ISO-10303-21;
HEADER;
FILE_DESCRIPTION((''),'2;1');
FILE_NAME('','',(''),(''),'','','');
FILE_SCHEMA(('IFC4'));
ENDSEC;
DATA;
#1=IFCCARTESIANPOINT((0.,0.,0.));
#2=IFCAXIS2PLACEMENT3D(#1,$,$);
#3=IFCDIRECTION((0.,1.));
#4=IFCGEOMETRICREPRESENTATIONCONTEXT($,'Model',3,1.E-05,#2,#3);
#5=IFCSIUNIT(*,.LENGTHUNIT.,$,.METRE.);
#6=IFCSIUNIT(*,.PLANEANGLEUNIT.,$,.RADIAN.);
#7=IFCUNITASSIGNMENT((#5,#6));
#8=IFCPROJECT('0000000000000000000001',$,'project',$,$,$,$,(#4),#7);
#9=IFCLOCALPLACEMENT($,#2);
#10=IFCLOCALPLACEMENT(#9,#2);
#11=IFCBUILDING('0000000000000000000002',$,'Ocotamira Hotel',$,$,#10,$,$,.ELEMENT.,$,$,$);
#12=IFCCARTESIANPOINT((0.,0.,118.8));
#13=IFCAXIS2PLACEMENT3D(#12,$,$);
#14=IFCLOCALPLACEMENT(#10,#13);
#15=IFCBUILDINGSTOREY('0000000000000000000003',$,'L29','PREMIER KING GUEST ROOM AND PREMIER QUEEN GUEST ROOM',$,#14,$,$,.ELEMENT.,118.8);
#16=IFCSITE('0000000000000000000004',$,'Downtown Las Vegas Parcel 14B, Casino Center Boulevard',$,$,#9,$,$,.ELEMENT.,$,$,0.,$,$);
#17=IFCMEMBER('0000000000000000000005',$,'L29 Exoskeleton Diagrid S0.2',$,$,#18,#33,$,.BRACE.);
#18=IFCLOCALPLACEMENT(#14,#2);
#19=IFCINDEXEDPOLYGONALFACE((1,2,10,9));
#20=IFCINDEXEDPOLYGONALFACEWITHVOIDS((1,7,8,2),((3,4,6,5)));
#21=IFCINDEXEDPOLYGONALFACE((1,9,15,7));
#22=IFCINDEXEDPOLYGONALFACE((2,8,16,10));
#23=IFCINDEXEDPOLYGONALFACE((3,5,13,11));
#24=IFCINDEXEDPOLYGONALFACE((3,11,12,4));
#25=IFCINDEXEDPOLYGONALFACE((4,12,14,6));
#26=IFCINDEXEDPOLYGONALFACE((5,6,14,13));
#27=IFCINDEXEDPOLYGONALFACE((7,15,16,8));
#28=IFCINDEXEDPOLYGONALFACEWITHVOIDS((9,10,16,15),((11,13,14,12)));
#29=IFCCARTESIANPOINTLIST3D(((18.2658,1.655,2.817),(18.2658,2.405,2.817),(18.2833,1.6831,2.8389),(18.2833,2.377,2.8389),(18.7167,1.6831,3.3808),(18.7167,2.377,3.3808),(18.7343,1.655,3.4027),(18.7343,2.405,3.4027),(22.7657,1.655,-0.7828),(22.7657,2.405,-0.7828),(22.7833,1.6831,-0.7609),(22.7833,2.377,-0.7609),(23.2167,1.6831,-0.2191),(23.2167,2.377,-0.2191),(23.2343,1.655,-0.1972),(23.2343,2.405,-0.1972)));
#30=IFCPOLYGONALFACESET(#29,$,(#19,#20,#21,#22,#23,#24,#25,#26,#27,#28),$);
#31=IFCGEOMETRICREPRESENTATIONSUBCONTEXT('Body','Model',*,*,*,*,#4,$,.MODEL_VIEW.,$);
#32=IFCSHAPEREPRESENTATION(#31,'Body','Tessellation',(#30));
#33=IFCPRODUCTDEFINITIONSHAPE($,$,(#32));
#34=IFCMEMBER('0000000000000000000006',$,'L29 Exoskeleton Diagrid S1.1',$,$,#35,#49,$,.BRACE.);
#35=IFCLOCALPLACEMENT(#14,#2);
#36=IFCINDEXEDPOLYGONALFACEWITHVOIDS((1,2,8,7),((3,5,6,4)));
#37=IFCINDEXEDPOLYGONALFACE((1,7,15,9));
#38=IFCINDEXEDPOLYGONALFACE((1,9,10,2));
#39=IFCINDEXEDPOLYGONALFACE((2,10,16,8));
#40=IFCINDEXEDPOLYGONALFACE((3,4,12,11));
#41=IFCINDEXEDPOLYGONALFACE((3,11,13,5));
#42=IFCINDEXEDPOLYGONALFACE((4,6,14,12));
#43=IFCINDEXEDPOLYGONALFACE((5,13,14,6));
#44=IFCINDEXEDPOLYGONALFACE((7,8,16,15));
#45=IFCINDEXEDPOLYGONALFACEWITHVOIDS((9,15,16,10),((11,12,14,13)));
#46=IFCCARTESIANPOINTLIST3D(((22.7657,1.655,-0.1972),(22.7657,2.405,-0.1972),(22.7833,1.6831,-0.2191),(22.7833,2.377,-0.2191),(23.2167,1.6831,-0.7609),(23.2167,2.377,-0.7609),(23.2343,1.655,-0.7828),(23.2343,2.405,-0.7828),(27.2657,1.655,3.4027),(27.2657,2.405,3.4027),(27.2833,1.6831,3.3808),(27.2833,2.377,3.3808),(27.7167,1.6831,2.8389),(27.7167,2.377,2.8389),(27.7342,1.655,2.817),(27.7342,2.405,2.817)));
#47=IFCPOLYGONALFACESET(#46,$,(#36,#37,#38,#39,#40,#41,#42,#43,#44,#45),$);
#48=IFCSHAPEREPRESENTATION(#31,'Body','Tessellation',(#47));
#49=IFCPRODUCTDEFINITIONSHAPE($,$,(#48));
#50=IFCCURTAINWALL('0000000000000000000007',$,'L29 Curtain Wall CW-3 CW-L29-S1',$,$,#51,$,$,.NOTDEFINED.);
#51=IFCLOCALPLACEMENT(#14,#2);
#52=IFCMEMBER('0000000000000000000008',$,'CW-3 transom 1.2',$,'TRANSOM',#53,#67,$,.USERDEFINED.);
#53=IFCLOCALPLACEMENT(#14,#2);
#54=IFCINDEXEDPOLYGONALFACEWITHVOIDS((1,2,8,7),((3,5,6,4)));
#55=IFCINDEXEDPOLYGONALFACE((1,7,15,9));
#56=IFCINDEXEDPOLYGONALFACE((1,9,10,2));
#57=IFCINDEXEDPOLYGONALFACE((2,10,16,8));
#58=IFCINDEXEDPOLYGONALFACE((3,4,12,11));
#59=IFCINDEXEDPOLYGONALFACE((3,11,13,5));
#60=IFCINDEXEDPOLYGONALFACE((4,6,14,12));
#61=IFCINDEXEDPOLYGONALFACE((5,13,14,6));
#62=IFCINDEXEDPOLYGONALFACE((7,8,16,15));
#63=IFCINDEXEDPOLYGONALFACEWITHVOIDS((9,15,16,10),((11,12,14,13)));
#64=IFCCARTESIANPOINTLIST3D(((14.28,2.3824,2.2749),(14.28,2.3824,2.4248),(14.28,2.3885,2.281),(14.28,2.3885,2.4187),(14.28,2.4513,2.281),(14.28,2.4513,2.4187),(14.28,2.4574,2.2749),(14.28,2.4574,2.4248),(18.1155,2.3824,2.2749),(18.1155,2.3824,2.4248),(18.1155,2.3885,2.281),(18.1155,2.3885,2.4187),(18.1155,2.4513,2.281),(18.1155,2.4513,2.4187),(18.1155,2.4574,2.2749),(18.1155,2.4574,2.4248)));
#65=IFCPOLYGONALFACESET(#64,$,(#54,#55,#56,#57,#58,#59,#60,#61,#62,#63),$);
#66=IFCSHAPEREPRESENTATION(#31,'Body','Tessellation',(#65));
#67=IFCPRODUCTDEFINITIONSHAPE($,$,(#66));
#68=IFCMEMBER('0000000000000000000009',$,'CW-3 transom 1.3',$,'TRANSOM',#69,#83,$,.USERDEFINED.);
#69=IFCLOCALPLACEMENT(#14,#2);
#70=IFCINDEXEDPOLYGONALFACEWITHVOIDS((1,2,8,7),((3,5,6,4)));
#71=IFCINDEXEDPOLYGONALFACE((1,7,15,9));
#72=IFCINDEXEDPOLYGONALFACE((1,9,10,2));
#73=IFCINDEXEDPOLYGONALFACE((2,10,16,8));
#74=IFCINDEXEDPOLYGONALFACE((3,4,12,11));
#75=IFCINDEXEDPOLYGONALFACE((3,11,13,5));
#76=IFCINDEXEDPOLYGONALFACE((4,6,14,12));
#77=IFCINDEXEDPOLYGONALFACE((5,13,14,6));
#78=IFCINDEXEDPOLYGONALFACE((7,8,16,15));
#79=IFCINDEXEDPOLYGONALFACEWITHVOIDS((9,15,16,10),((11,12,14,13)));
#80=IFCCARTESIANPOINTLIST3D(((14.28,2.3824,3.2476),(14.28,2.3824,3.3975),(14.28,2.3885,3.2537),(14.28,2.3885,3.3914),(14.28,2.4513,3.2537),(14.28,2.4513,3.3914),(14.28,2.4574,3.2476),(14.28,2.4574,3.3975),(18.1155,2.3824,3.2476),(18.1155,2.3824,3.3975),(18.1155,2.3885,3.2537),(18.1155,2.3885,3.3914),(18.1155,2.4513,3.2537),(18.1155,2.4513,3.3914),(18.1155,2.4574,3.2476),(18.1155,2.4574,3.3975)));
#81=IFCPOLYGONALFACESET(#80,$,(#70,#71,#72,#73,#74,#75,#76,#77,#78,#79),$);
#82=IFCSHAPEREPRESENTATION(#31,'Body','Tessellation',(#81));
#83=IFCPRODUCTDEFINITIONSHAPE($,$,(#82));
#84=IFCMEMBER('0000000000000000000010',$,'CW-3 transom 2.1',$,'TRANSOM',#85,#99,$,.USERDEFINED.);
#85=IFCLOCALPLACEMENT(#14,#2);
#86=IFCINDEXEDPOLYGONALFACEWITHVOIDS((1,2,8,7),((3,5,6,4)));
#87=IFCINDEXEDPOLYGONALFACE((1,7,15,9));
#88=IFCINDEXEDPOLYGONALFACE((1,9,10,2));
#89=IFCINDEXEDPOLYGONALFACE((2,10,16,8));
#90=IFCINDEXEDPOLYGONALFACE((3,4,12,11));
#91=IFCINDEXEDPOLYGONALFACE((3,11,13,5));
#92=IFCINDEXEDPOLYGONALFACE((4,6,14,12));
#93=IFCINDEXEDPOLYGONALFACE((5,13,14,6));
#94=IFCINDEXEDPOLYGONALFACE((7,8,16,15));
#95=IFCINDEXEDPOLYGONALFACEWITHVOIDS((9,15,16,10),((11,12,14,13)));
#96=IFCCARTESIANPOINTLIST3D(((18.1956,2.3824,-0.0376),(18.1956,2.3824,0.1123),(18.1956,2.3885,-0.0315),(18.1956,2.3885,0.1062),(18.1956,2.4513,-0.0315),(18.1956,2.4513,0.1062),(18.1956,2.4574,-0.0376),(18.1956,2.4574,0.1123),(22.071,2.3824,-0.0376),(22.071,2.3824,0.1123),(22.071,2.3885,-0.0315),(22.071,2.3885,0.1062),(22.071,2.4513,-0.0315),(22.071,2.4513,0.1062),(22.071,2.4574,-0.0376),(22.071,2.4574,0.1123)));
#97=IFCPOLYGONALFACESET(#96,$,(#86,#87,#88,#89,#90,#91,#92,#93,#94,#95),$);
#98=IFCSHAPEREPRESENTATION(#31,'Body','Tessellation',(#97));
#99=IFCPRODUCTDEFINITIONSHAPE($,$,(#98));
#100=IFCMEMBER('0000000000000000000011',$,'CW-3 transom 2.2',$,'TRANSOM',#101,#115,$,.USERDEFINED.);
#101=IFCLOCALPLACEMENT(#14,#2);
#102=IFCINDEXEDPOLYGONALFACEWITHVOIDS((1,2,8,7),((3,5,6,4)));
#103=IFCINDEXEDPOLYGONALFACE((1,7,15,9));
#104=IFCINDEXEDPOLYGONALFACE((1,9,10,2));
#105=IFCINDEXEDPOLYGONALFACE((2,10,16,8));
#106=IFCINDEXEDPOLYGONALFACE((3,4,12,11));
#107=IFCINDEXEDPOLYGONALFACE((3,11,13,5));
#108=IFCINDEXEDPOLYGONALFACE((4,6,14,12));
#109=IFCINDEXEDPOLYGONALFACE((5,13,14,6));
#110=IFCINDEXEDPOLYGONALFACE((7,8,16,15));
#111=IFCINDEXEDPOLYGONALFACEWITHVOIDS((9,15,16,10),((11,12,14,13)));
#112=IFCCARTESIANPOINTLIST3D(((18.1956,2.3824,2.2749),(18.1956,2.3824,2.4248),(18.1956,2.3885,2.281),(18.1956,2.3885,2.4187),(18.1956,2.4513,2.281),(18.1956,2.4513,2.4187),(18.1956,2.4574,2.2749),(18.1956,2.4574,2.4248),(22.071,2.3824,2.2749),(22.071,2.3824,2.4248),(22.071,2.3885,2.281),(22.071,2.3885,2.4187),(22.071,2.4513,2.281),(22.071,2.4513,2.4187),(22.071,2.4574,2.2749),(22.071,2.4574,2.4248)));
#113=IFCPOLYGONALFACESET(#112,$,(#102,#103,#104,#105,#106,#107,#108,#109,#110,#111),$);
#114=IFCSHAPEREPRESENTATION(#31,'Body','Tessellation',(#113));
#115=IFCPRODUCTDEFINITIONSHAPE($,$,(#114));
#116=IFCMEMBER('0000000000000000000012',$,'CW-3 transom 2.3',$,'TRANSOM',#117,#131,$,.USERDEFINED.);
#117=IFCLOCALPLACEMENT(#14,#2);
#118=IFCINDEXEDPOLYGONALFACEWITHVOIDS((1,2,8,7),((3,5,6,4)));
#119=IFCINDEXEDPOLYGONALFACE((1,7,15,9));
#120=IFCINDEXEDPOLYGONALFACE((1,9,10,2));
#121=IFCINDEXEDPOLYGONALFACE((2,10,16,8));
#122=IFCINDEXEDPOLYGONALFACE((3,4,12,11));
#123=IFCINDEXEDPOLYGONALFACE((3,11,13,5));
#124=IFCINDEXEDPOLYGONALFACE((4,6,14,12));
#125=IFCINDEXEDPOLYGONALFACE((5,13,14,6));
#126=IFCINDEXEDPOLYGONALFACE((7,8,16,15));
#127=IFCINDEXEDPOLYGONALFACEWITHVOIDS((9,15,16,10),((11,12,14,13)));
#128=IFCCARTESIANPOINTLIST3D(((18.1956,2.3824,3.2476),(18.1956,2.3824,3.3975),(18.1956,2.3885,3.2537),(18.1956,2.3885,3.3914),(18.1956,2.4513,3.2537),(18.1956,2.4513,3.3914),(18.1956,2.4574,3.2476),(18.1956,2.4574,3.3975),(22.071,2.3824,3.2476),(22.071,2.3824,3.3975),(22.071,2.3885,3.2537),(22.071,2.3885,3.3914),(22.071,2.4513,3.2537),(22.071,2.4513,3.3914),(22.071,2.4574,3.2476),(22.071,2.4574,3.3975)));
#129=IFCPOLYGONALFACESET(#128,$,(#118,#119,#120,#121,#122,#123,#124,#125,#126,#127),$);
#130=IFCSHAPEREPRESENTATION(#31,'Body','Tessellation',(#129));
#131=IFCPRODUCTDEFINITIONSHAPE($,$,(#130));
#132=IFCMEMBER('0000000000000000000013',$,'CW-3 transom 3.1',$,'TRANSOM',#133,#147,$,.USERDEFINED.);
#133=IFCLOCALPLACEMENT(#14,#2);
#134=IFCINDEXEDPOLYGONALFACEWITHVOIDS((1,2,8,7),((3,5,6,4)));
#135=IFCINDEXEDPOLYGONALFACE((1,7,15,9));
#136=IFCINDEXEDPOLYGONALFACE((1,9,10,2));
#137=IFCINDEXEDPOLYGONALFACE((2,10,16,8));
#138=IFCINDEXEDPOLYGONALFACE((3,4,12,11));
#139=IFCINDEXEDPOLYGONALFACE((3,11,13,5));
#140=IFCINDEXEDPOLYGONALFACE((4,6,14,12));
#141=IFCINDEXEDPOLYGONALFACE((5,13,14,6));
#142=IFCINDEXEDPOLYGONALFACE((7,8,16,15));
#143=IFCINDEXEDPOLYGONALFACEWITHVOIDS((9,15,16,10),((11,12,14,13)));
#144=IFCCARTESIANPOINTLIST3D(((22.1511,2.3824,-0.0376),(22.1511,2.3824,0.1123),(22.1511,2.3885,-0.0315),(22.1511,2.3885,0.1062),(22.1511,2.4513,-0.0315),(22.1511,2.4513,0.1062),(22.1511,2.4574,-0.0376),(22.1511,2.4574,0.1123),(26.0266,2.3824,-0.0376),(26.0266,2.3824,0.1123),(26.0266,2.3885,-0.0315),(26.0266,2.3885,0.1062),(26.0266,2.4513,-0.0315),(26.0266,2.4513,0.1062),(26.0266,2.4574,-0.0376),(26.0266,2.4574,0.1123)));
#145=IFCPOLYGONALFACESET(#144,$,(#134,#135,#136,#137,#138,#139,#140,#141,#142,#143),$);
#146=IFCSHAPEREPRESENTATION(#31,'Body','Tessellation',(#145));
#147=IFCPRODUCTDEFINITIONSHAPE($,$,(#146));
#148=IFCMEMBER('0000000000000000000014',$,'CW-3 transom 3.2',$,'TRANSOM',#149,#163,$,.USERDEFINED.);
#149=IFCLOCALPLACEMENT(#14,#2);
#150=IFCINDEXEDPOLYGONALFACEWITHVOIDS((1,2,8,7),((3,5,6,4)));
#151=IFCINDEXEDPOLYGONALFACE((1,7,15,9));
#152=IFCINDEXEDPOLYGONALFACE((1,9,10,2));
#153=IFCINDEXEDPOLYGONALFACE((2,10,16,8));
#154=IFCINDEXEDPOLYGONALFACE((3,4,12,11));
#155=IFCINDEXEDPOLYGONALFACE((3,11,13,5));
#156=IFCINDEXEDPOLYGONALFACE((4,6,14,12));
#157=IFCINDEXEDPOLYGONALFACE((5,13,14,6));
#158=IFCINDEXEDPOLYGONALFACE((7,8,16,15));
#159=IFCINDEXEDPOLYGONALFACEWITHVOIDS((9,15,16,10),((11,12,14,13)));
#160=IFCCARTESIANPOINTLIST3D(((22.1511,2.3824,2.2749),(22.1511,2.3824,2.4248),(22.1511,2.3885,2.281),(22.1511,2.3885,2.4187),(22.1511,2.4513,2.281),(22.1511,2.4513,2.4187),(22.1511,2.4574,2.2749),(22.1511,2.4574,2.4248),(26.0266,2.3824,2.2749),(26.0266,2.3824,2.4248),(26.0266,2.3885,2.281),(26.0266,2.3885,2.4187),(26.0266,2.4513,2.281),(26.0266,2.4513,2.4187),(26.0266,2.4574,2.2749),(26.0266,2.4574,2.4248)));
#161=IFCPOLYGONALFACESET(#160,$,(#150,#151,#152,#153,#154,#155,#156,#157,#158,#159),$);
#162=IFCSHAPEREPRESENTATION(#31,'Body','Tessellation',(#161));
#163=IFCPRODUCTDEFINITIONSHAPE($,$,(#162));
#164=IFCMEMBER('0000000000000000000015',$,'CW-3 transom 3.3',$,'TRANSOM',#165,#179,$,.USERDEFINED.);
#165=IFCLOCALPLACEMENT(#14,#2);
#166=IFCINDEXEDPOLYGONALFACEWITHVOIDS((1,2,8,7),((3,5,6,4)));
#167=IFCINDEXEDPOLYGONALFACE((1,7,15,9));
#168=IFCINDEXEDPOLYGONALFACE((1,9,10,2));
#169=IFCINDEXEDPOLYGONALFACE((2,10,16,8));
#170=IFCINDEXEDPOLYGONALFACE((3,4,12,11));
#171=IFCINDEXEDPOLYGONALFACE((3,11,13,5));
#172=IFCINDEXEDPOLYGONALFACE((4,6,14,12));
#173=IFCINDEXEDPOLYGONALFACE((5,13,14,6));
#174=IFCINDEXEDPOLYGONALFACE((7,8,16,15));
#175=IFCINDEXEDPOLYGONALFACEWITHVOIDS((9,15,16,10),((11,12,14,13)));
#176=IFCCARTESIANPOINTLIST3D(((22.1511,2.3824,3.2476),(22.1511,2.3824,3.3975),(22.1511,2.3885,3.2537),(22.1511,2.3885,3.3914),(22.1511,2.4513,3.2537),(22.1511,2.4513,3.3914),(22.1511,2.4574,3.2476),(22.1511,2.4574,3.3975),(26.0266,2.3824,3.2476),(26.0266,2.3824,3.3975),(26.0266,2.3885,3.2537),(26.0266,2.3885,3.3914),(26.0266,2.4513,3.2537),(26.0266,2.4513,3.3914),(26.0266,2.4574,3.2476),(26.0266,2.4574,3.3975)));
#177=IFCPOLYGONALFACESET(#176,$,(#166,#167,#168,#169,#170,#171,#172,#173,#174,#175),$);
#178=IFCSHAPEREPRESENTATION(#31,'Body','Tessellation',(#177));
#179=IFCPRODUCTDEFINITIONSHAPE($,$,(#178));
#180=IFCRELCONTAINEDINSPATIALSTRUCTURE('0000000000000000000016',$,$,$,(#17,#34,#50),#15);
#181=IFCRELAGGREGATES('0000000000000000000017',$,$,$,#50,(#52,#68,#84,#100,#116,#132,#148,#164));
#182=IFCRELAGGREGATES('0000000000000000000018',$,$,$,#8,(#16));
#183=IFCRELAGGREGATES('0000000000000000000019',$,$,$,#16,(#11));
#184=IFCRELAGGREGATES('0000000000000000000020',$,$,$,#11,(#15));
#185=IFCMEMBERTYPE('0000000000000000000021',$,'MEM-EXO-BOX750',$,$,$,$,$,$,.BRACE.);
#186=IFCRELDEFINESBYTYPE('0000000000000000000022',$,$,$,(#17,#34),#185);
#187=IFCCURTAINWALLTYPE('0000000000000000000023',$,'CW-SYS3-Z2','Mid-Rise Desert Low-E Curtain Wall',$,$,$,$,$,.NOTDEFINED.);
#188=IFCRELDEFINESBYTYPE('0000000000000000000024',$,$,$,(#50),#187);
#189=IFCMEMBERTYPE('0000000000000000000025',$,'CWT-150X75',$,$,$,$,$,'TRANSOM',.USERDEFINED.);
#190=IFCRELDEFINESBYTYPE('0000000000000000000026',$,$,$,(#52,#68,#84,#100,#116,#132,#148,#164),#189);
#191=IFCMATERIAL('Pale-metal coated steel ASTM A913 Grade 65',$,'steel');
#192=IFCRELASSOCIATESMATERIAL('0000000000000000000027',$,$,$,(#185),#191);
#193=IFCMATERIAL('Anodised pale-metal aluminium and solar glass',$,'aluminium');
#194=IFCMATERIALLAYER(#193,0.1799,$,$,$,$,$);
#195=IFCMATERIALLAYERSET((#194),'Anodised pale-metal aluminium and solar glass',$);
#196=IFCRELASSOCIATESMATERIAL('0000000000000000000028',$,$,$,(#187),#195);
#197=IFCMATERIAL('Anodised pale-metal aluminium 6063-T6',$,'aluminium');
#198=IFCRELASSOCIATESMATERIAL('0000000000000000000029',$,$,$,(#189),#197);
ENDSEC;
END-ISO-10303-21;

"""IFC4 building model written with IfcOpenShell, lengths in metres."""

from ifc_helpers import new_model, si_unit, direction, frame, origin, origin_2d, place, context, subcontext, project, spatial, hollow_rectangle, extrude, source, transform, mapped, material, layer, layer_set, material_profile, profile_set, type_object, element, aggregate, save


model = new_model("IFC4")

# Units and contexts
model_context = context("Model", 3, precision=1e-05, world=origin(), true_north=direction((0.0, 1.0)))
body_context = subcontext(model_context, "Body", "Model", "MODEL_VIEW")
ifc_project = project(units=[si_unit("LENGTHUNIT", "METRE"), si_unit("PLANEANGLEUNIT", "RADIAN")], contexts=[model_context])

# Site, building, storey
site_placement = place(None, origin())
site = spatial("IfcSite", under=ifc_project, at=site_placement, Name="Downtown Las Vegas Parcel 14B, Casino Center Boulevard", CompositionType="ELEMENT", RefElevation=0.0)
building_placement = place(site_placement, origin())
building = spatial("IfcBuilding", under=site, at=building_placement, Name="Ocotamira Hotel", CompositionType="ELEMENT")
storey_placement = place(building_placement, frame((0.0, 0.0, 118.8)))
storey = spatial("IfcBuildingStorey", under=building, at=storey_placement, Name="L29", Description="PREMIER KING GUEST ROOM AND PREMIER QUEEN GUEST ROOM", CompositionType="ELEMENT", Elevation=118.8)

# Members
ifc_material_1 = material(Name="Pale-metal coated steel ASTM A913 Grade 65", Category="steel")
ifc_material_profile_1 = material_profile(ifc_material_1, hollow_rectangle(XDim=0.75, YDim=0.75, WallThickness=0.0281, at=origin_2d()), Name="BOX750X750X28")
ifc_profile_set_1 = profile_set([ifc_material_profile_1], Name="Pale-metal coated steel ASTM A913 Grade 65")
member_type_1 = type_object("IfcMemberType", Name="MEM-EXO-BOX750", PredefinedType="BRACE", material=ifc_profile_set_1)
shared_shape_1 = source(origin(), body_context, "Body", "SweptSolid", [
    extrude(hollow_rectangle(XDim=0.75, YDim=0.75, WallThickness=0.0281, at=origin_2d()), origin(), (0.0, 0.0, 1.0), 5.7627),
])
for number, where, z_axis, x_axis, name in (
    (1, (23.0, 2.03, -0.49), (-0.780881, 0.0, 0.62468), (0.0, -1.0, 0.0), "L29 Exoskeleton Diagrid S0.2"),
    (2, (23.0, 2.03, -0.49), (0.780881, 0.0, 0.62468), (0.0, 1.0, 0.0), "L29 Exoskeleton Diagrid S1.1"),
):
    element("IfcMember", number, at=place(storey_placement, frame(where, z_axis=z_axis, x_axis=x_axis)), inside=storey, type_object=member_type_1, Name=name, PredefinedType="BRACE", context=body_context, shape_type="MappedRepresentation", body=[
        mapped(shared_shape_1, transform((0.0, 0.0, 0.0), scale=1.0)),
    ])

# Curtain wall, members
ifc_material_2 = material(Name="Anodised pale-metal aluminium and solar glass", Category="aluminium")
ifc_layer_1 = layer(ifc_material_2, 0.1799)
ifc_layer_set_1 = layer_set([ifc_layer_1], Name="Anodised pale-metal aluminium and solar glass")
curtain_wall_type = type_object("IfcCurtainWallType", Name="CW-SYS3-Z2", Description="Mid-Rise Desert Low-E Curtain Wall", PredefinedType="NOTDEFINED", material=ifc_layer_set_1)
curtain_wall_placement = place(storey_placement, origin())
curtain_wall = element("IfcCurtainWall", 3, at=curtain_wall_placement, inside=storey, type_object=curtain_wall_type, Name="L29 Curtain Wall CW-3 CW-L29-S1", PredefinedType="NOTDEFINED")
ifc_material_3 = material(Name="Anodised pale-metal aluminium 6063-T6", Category="aluminium")
ifc_material_profile_2 = material_profile(ifc_material_3, hollow_rectangle(XDim=0.075, YDim=0.1499, WallThickness=0.0061, at=origin_2d()), Name="HSS150X75X6")
ifc_profile_set_2 = profile_set([ifc_material_profile_2], Name="Anodised pale-metal aluminium 6063-T6")
member_type_2 = type_object("IfcMemberType", Name="CWT-150X75", ElementType="TRANSOM", PredefinedType="USERDEFINED", material=ifc_profile_set_2)
shared_shape_2 = source(origin(), body_context, "Body", "SweptSolid", [
    extrude(hollow_rectangle(XDim=0.075, YDim=0.1499, WallThickness=0.0061, at=origin_2d()), origin(), (0.0, 0.0, 1.0), 3.8354),
])
member_1_placement = place(storey_placement, frame((14.28, 2.4199, 2.3499), z_axis=(1.0, 0.0, 0.0), x_axis=(0.0, 1.0, 0.0)))
member_1 = element("IfcMember", 4, at=member_1_placement, type_object=member_type_2, Name="CW-3 transom 1.2", ObjectType="TRANSOM", PredefinedType="USERDEFINED", context=body_context, shape_type="MappedRepresentation", body=[
    mapped(shared_shape_2, transform((0.0, 0.0, 0.0), scale=1.0)),
])
member_2_placement = place(storey_placement, frame((14.28, 2.4199, 3.3225), z_axis=(1.0, 0.0, 0.0), x_axis=(0.0, 1.0, 0.0)))
member_2 = element("IfcMember", 5, at=member_2_placement, type_object=member_type_2, Name="CW-3 transom 1.3", ObjectType="TRANSOM", PredefinedType="USERDEFINED", context=body_context, shape_type="MappedRepresentation", body=[
    mapped(shared_shape_2, transform((0.0, 0.0, 0.0), scale=1.0)),
])
shared_shape_3 = source(origin(), body_context, "Body", "SweptSolid", [
    extrude(hollow_rectangle(XDim=0.075, YDim=0.1499, WallThickness=0.0061, at=origin_2d()), origin(), (0.0, 0.0, 1.0), 3.8755),
])
member_3_placement = place(storey_placement, frame((18.1956, 2.4199, 0.0374), z_axis=(1.0, 0.0, 0.0), x_axis=(0.0, 1.0, 0.0)))
member_3 = element("IfcMember", 6, at=member_3_placement, type_object=member_type_2, Name="CW-3 transom 2.1", ObjectType="TRANSOM", PredefinedType="USERDEFINED", context=body_context, shape_type="MappedRepresentation", body=[
    mapped(shared_shape_3, transform((0.0, 0.0, 0.0), scale=1.0)),
])
member_4_placement = place(storey_placement, frame((18.1956, 2.4199, 2.3499), z_axis=(1.0, 0.0, 0.0), x_axis=(0.0, 1.0, 0.0)))
member_4 = element("IfcMember", 7, at=member_4_placement, type_object=member_type_2, Name="CW-3 transom 2.2", ObjectType="TRANSOM", PredefinedType="USERDEFINED", context=body_context, shape_type="MappedRepresentation", body=[
    mapped(shared_shape_3, transform((0.0, 0.0, 0.0), scale=1.0)),
])
member_5_placement = place(storey_placement, frame((18.1956, 2.4199, 3.3225), z_axis=(1.0, 0.0, 0.0), x_axis=(0.0, 1.0, 0.0)))
member_5 = element("IfcMember", 8, at=member_5_placement, type_object=member_type_2, Name="CW-3 transom 2.3", ObjectType="TRANSOM", PredefinedType="USERDEFINED", context=body_context, shape_type="MappedRepresentation", body=[
    mapped(shared_shape_3, transform((0.0, 0.0, 0.0), scale=1.0)),
])
member_6_placement = place(storey_placement, frame((22.1511, 2.4199, 0.0374), z_axis=(1.0, 0.0, 0.0), x_axis=(0.0, 1.0, 0.0)))
member_6 = element("IfcMember", 9, at=member_6_placement, type_object=member_type_2, Name="CW-3 transom 3.1", ObjectType="TRANSOM", PredefinedType="USERDEFINED", context=body_context, shape_type="MappedRepresentation", body=[
    mapped(shared_shape_3, transform((0.0, 0.0, 0.0), scale=1.0)),
])
member_7_placement = place(storey_placement, frame((22.1511, 2.4199, 2.3499), z_axis=(1.0, 0.0, 0.0), x_axis=(0.0, 1.0, 0.0)))
member_7 = element("IfcMember", 10, at=member_7_placement, type_object=member_type_2, Name="CW-3 transom 3.2", ObjectType="TRANSOM", PredefinedType="USERDEFINED", context=body_context, shape_type="MappedRepresentation", body=[
    mapped(shared_shape_3, transform((0.0, 0.0, 0.0), scale=1.0)),
])
member_8_placement = place(storey_placement, frame((22.1511, 2.4199, 3.3225), z_axis=(1.0, 0.0, 0.0), x_axis=(0.0, 1.0, 0.0)))
member_8 = element("IfcMember", 11, at=member_8_placement, type_object=member_type_2, Name="CW-3 transom 3.3", ObjectType="TRANSOM", PredefinedType="USERDEFINED", context=body_context, shape_type="MappedRepresentation", body=[
    mapped(shared_shape_3, transform((0.0, 0.0, 0.0), scale=1.0)),
])

aggregate(curtain_wall, [member_1, member_2, member_3, member_4, member_5, member_6, member_7, member_8])

save(model, "model.ifc")
